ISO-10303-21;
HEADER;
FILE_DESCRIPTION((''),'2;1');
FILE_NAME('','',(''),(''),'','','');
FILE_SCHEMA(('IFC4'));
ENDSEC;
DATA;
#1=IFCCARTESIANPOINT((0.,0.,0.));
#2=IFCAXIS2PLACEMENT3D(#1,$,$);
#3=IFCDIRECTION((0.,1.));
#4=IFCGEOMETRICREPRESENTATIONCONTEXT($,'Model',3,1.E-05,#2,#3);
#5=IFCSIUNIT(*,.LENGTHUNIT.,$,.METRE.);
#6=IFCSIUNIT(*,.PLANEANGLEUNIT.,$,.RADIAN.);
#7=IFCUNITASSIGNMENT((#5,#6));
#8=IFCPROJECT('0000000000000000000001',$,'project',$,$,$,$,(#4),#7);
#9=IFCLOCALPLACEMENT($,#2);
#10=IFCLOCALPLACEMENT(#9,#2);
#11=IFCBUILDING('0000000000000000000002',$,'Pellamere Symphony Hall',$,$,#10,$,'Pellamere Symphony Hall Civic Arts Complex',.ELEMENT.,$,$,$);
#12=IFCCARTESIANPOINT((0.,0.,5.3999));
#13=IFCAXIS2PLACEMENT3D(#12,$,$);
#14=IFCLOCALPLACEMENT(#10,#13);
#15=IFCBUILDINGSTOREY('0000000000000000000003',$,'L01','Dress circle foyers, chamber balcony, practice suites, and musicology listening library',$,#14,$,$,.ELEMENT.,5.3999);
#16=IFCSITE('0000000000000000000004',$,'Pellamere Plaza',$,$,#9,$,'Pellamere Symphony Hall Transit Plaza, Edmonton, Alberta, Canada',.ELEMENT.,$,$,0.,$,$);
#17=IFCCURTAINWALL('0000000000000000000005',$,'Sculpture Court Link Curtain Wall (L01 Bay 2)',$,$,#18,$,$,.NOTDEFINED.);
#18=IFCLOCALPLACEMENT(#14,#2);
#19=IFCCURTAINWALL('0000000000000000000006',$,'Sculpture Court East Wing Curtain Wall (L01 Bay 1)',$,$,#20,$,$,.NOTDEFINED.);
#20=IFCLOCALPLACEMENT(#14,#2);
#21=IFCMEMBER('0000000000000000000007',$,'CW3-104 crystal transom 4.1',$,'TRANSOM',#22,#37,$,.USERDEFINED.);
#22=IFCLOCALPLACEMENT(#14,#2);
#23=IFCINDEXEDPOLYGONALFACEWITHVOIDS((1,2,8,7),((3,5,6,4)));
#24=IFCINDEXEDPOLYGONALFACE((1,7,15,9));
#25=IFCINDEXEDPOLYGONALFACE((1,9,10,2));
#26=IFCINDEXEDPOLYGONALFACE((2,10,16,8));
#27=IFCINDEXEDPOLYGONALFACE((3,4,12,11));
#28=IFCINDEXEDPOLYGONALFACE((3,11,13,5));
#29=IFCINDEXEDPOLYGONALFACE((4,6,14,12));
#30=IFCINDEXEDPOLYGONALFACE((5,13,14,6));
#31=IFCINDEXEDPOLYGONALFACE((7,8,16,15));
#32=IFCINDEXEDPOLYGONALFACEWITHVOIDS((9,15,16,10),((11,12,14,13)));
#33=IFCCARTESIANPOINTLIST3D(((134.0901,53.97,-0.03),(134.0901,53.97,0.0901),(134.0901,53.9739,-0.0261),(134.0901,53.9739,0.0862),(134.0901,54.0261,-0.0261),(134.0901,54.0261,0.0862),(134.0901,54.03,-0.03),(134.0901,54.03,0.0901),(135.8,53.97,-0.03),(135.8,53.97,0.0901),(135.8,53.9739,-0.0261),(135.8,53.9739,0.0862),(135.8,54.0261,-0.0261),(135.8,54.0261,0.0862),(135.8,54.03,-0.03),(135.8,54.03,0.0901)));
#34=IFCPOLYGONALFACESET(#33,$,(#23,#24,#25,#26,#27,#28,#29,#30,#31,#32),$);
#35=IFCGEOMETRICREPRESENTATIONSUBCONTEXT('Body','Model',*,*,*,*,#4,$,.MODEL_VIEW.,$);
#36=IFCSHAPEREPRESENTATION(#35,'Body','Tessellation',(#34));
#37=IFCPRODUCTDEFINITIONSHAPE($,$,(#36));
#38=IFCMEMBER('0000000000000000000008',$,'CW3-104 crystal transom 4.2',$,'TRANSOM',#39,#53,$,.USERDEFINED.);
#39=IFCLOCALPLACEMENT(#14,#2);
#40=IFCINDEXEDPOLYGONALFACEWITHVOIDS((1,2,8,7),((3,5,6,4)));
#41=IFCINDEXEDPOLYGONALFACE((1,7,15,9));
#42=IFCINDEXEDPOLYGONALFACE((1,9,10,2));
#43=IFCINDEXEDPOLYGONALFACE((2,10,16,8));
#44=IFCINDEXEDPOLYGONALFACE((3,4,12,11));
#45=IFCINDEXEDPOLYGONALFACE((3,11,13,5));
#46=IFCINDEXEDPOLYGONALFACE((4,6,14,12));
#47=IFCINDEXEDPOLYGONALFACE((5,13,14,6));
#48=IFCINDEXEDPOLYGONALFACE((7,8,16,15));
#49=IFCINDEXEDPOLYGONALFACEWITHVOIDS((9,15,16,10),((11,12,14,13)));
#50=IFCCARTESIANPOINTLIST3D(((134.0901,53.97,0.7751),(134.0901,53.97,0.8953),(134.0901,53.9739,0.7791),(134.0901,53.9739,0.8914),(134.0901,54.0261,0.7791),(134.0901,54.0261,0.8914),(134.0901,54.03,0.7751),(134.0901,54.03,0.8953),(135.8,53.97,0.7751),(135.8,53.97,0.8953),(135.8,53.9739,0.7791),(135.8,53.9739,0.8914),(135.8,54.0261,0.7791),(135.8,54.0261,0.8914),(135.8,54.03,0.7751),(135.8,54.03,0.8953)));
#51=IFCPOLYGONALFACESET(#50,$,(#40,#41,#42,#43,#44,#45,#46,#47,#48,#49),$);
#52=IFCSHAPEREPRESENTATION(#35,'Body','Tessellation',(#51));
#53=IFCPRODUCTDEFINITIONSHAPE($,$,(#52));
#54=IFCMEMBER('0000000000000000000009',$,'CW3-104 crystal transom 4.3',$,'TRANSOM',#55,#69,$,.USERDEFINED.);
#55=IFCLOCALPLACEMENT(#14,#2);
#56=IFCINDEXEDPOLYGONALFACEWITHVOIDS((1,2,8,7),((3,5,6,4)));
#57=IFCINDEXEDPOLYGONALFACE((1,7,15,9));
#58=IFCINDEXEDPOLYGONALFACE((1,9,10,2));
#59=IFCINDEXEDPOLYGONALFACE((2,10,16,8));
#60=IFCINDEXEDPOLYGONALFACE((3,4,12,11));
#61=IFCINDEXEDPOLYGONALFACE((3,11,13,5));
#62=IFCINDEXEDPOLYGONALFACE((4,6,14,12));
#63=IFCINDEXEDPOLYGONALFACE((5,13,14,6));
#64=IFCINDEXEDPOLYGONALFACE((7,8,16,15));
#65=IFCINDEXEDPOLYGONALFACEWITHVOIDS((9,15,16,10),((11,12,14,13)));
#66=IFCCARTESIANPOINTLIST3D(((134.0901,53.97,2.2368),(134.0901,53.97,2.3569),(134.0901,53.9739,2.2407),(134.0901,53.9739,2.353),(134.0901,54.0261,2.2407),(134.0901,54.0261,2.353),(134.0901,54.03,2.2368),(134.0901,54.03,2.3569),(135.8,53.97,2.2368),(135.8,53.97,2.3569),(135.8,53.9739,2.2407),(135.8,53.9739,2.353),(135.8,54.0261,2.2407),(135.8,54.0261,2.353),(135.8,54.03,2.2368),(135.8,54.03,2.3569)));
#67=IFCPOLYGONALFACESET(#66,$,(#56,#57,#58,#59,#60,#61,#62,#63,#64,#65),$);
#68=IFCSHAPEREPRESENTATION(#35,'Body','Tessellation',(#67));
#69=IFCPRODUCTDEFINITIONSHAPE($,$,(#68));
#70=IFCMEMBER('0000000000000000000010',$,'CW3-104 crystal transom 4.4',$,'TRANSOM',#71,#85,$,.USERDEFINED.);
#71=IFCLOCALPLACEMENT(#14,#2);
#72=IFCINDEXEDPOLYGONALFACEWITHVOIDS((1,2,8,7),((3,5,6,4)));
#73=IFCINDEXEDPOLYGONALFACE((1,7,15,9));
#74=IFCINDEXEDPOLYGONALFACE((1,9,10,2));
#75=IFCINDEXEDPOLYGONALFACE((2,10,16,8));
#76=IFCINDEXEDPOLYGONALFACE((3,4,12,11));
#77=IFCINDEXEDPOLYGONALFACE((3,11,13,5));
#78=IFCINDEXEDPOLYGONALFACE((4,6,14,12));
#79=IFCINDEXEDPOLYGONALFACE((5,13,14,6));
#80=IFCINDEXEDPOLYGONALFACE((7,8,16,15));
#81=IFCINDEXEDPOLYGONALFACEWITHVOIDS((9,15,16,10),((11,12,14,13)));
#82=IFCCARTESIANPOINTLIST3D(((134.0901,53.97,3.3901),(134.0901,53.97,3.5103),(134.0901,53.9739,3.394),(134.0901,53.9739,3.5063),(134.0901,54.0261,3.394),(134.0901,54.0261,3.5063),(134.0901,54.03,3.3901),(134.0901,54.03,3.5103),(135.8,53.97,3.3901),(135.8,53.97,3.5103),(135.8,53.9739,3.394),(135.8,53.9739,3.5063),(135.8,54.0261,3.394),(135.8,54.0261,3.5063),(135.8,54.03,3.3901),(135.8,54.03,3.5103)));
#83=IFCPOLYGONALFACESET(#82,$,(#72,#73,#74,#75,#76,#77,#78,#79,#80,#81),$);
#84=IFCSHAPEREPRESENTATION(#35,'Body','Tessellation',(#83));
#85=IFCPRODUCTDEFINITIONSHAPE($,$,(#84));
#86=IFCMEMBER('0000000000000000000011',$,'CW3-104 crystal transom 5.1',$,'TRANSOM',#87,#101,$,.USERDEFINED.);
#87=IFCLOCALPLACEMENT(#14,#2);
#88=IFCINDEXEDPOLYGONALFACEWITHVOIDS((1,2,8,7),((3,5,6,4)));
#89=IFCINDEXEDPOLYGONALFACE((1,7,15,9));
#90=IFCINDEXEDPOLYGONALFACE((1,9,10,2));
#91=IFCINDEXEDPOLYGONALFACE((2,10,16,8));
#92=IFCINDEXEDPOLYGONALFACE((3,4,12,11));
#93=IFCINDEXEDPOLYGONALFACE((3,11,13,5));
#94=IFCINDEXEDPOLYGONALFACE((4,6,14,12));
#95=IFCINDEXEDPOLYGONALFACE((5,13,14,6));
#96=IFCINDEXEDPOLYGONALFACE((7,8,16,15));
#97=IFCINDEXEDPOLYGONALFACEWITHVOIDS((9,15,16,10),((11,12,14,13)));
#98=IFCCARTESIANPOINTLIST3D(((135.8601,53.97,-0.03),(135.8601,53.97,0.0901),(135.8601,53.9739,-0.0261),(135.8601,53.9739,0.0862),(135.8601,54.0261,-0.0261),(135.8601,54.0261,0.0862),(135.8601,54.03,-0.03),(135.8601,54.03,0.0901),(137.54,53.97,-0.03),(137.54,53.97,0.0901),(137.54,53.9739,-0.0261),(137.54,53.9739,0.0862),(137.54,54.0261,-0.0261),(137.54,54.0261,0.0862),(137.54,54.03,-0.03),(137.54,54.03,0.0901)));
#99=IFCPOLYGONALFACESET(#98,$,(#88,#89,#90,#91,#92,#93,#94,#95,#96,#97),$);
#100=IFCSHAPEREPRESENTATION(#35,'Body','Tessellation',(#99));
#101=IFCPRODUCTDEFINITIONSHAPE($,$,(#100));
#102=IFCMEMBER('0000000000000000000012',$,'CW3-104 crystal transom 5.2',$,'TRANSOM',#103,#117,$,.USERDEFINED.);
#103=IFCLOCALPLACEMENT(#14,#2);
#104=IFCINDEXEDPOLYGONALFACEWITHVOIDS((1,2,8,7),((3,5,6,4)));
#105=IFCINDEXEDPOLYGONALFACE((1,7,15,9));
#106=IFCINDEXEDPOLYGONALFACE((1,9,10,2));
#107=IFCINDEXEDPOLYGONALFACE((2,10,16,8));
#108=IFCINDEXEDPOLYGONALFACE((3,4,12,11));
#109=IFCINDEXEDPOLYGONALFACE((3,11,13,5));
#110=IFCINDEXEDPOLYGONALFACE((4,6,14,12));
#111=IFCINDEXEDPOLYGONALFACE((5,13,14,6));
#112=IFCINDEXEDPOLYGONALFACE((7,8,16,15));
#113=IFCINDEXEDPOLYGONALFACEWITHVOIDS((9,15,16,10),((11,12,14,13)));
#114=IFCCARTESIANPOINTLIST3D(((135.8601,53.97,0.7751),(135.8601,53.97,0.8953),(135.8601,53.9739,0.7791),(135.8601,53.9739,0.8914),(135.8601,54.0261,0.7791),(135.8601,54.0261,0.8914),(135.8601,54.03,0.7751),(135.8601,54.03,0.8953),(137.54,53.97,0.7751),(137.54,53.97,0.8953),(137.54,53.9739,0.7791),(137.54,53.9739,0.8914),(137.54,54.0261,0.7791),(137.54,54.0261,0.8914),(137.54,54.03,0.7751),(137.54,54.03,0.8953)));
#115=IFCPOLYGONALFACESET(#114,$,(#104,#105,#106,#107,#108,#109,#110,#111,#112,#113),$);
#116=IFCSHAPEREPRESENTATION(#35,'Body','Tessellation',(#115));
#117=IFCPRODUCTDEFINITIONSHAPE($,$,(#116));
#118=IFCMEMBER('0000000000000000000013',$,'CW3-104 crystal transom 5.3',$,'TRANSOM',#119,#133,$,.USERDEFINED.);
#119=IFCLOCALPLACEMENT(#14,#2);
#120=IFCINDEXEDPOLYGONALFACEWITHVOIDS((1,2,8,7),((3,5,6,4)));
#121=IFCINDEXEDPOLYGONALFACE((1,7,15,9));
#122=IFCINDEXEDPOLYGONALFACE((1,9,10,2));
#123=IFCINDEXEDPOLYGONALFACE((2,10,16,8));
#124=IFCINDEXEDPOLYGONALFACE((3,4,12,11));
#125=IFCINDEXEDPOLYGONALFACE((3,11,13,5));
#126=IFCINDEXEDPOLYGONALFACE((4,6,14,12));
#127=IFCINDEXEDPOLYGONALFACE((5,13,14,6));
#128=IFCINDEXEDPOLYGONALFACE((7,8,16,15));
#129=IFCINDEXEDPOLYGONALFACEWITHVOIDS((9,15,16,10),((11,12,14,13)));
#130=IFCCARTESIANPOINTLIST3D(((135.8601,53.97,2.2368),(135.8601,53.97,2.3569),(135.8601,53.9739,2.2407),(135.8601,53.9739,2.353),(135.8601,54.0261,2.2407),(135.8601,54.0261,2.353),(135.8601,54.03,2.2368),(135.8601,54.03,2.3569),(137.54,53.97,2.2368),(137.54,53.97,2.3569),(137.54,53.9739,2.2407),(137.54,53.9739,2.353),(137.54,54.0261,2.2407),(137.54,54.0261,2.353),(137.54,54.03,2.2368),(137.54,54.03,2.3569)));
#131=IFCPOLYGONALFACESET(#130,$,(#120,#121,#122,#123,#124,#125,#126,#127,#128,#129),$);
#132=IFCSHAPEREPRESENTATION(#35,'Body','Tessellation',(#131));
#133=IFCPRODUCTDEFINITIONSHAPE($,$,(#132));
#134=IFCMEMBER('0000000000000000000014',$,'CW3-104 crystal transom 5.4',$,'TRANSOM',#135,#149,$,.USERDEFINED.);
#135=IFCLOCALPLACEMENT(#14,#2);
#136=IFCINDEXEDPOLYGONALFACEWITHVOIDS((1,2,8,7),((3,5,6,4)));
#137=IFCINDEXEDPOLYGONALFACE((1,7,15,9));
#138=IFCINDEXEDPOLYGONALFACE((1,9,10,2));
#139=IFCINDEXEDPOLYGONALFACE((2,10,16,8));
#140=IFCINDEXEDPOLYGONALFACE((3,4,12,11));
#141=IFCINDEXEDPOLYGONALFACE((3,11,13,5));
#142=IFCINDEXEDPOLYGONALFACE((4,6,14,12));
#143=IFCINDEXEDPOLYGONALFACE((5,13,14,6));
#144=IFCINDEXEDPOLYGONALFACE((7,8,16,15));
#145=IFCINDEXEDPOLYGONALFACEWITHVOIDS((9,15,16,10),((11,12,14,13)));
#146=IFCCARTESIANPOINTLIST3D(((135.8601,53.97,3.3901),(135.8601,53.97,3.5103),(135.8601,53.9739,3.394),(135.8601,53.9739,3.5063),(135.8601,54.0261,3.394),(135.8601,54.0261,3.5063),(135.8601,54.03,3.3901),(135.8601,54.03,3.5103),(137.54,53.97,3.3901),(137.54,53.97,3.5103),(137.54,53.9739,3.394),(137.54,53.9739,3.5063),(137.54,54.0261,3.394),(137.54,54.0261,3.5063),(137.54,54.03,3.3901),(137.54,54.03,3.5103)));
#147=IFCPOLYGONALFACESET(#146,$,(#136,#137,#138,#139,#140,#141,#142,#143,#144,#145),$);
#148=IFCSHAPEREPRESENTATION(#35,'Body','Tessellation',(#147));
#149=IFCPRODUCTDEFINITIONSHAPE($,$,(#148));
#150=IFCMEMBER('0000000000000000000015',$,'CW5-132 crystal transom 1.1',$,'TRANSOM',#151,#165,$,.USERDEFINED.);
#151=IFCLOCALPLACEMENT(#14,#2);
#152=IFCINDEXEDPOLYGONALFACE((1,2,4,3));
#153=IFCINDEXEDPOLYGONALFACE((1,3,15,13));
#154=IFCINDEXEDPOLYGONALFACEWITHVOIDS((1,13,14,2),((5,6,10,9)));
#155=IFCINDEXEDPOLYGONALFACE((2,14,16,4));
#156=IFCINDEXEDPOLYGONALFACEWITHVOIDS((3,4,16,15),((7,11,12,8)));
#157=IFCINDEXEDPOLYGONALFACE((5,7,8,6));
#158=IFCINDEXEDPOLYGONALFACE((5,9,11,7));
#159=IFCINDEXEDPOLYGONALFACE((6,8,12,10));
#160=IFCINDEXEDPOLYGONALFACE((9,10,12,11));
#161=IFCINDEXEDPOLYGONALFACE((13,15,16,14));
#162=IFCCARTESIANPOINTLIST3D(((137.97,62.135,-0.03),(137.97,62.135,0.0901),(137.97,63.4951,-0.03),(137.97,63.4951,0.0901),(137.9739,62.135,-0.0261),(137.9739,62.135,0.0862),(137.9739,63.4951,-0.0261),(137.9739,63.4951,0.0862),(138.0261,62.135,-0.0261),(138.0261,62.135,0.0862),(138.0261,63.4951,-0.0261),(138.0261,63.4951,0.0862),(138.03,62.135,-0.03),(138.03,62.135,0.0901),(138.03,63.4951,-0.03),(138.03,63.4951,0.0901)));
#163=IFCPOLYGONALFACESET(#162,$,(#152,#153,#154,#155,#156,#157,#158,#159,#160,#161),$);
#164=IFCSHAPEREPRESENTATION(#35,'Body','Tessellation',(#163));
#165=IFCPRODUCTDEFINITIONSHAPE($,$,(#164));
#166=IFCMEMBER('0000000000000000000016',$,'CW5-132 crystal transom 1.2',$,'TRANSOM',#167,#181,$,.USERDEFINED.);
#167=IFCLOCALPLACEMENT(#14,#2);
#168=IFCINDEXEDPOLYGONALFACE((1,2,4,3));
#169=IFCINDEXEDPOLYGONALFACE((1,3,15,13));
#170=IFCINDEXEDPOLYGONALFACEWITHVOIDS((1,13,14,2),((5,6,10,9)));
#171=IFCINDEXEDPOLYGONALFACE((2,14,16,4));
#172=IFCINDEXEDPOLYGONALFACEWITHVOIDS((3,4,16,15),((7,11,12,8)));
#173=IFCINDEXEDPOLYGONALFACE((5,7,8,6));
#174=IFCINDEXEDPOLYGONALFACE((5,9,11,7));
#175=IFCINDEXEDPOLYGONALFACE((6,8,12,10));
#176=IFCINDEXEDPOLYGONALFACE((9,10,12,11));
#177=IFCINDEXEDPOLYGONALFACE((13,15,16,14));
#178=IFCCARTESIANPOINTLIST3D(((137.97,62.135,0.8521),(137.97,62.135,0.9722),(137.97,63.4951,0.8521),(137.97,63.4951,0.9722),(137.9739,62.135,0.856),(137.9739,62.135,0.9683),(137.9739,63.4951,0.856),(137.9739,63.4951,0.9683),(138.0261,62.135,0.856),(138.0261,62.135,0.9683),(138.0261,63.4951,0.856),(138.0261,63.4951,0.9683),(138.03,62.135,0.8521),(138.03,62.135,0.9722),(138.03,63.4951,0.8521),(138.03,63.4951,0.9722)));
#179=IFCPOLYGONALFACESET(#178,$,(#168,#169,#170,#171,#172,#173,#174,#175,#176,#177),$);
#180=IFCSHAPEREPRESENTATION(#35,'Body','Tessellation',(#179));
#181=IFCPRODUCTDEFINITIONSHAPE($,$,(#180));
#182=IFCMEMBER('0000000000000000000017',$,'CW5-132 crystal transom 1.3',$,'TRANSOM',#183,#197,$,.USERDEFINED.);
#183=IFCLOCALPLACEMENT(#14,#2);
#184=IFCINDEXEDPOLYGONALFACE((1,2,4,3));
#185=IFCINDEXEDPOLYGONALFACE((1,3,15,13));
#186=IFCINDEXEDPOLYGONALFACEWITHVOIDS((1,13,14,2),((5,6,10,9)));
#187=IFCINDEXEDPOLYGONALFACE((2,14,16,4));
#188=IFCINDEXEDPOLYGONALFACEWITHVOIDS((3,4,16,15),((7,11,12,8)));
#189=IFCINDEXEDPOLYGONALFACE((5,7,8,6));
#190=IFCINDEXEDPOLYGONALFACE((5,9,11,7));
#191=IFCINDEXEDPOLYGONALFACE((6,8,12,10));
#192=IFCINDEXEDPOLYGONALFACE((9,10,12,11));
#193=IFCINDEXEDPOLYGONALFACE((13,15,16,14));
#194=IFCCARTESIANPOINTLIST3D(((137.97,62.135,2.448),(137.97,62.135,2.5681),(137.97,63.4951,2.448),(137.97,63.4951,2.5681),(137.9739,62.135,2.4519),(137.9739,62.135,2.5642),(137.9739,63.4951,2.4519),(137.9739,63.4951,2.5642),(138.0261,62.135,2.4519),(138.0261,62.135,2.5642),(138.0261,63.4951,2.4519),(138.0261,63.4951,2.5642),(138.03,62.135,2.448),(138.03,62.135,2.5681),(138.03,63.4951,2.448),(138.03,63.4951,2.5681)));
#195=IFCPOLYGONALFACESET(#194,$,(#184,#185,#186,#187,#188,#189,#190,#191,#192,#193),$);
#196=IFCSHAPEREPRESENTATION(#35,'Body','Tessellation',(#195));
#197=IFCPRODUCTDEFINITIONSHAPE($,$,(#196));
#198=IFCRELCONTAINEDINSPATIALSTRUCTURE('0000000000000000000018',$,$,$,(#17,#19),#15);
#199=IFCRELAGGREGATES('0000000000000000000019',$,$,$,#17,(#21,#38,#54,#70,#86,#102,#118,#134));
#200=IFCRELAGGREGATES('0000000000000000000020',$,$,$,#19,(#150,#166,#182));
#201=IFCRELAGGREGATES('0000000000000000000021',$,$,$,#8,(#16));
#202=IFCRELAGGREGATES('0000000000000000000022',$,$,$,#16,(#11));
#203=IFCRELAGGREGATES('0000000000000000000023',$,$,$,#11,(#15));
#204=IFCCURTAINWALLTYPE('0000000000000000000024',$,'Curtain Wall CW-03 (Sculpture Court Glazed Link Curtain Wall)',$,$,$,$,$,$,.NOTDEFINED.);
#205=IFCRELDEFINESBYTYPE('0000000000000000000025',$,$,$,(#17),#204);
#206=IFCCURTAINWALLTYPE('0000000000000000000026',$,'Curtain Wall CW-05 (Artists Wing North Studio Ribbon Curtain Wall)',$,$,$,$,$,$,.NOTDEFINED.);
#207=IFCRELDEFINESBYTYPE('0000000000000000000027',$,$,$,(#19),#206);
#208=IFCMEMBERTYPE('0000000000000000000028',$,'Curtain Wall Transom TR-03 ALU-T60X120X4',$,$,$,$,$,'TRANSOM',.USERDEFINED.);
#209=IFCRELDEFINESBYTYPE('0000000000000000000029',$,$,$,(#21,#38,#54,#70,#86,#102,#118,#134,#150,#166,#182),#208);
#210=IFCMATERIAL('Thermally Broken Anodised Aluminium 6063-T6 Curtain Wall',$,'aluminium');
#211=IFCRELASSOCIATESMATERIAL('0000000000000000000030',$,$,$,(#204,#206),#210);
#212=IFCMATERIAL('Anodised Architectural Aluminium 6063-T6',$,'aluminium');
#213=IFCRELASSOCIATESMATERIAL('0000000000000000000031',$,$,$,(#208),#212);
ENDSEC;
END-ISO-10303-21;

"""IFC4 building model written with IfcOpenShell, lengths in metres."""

from ifc_helpers import new_model, si_unit, direction, frame, origin, origin_2d, place, context, subcontext, project, spatial, hollow_rectangle, extrude, material, material_profile, profile_set, type_object, element, aggregate, save


model = new_model("IFC4")

# Units and contexts
model_context = context("Model", 3, precision=1e-05, world=origin(), true_north=direction((0.0, 1.0)))
body_context = subcontext(model_context, "Body", "Model", "MODEL_VIEW")
ifc_project = project(units=[si_unit("LENGTHUNIT", "METRE"), si_unit("PLANEANGLEUNIT", "RADIAN")], contexts=[model_context])

# Site, building, storey
site_placement = place(None, origin())
site = spatial("IfcSite", under=ifc_project, at=site_placement, Name="Pellamere Plaza", LongName="Pellamere Symphony Hall Transit Plaza, Edmonton, Alberta, Canada", CompositionType="ELEMENT", RefElevation=0.0)
building_placement = place(site_placement, origin())
building = spatial("IfcBuilding", under=site, at=building_placement, Name="Pellamere Symphony Hall", LongName="Pellamere Symphony Hall Civic Arts Complex", CompositionType="ELEMENT")
storey_placement = place(building_placement, frame((0.0, 0.0, 5.3999)))
storey = spatial("IfcBuildingStorey", under=building, at=storey_placement, Name="L01", Description="Dress circle foyers, chamber balcony, practice suites, and musicology listening library", CompositionType="ELEMENT", Elevation=5.3999)

# Curtain wall
ifc_material_1 = material(Name="Thermally Broken Anodised Aluminium 6063-T6 Curtain Wall", Category="aluminium")
curtain_wall_type_1 = type_object("IfcCurtainWallType", Name="Curtain Wall CW-03 (Sculpture Court Glazed Link Curtain Wall)", PredefinedType="NOTDEFINED", material=ifc_material_1)
curtain_wall_1_placement = place(storey_placement, origin())
curtain_wall_1 = element("IfcCurtainWall", 1, at=curtain_wall_1_placement, inside=storey, type_object=curtain_wall_type_1, Name="Sculpture Court Link Curtain Wall (L01 Bay 2)", PredefinedType="NOTDEFINED")
ifc_material_2 = material(Name="Anodised Architectural Aluminium 6063-T6", Category="aluminium")

# Curtain wall
curtain_wall_type_2 = type_object("IfcCurtainWallType", Name="Curtain Wall CW-05 (Artists Wing North Studio Ribbon Curtain Wall)", PredefinedType="NOTDEFINED", material=ifc_material_1)
curtain_wall_2_placement = place(storey_placement, origin())
curtain_wall_2 = element("IfcCurtainWall", 2, at=curtain_wall_2_placement, inside=storey, type_object=curtain_wall_type_2, Name="Sculpture Court East Wing Curtain Wall (L01 Bay 1)", PredefinedType="NOTDEFINED")

# Members
ifc_material_profile_1 = material_profile(ifc_material_2, hollow_rectangle(XDim=0.0601, YDim=0.1201, WallThickness=0.0039, at=origin_2d()), Name="ALU-T60X120X4")
ifc_profile_set_1 = profile_set([ifc_material_profile_1], Name="Anodised Architectural Aluminium 6063-T6")
member_type_1 = type_object("IfcMemberType", Name="Curtain Wall Transom TR-03 ALU-T60X120X4", ElementType="TRANSOM", PredefinedType="USERDEFINED", material=ifc_profile_set_1)
member_1_placement = place(storey_placement, frame((134.0901, 54.0, 0.03), z_axis=(1.0, 0.0, 0.0), x_axis=(0.0, 1.0, 0.0)))
member_1 = element("IfcMember", 3, at=member_1_placement, type_object=member_type_1, Name="CW3-104 crystal transom 4.1", ObjectType="TRANSOM", PredefinedType="USERDEFINED", context=body_context, shape_type="SweptSolid", body=[
    extrude(hollow_rectangle(XDim=0.0601, YDim=0.1201, WallThickness=0.0039, at=origin_2d()), origin(), (0.0, 0.0, 1.0), 1.71),
])
member_2_placement = place(storey_placement, frame((134.0901, 54.0, 0.8352), z_axis=(1.0, 0.0, 0.0), x_axis=(0.0, 1.0, 0.0)))
member_2 = element("IfcMember", 4, at=member_2_placement, type_object=member_type_1, Name="CW3-104 crystal transom 4.2", ObjectType="TRANSOM", PredefinedType="USERDEFINED", context=body_context, shape_type="SweptSolid", body=[
    extrude(hollow_rectangle(XDim=0.0601, YDim=0.1201, WallThickness=0.0039, at=origin_2d()), origin(), (0.0, 0.0, 1.0), 1.71),
])
member_3_placement = place(storey_placement, frame((134.0901, 54.0, 2.2969), z_axis=(1.0, 0.0, 0.0), x_axis=(0.0, 1.0, 0.0)))
member_3 = element("IfcMember", 5, at=member_3_placement, type_object=member_type_1, Name="CW3-104 crystal transom 4.3", ObjectType="TRANSOM", PredefinedType="USERDEFINED", context=body_context, shape_type="SweptSolid", body=[
    extrude(hollow_rectangle(XDim=0.0601, YDim=0.1201, WallThickness=0.0039, at=origin_2d()), origin(), (0.0, 0.0, 1.0), 1.71),
])
member_4_placement = place(storey_placement, frame((134.0901, 54.0, 3.4502), z_axis=(1.0, 0.0, 0.0), x_axis=(0.0, 1.0, 0.0)))
member_4 = element("IfcMember", 6, at=member_4_placement, type_object=member_type_1, Name="CW3-104 crystal transom 4.4", ObjectType="TRANSOM", PredefinedType="USERDEFINED", context=body_context, shape_type="SweptSolid", body=[
    extrude(hollow_rectangle(XDim=0.0601, YDim=0.1201, WallThickness=0.0039, at=origin_2d()), origin(), (0.0, 0.0, 1.0), 1.71),
])
member_5_placement = place(storey_placement, frame((135.8601, 54.0, 0.03), z_axis=(1.0, 0.0, 0.0), x_axis=(0.0, 1.0, 0.0)))
member_5 = element("IfcMember", 7, at=member_5_placement, type_object=member_type_1, Name="CW3-104 crystal transom 5.1", ObjectType="TRANSOM", PredefinedType="USERDEFINED", context=body_context, shape_type="SweptSolid", body=[
    extrude(hollow_rectangle(XDim=0.0601, YDim=0.1201, WallThickness=0.0039, at=origin_2d()), origin(), (0.0, 0.0, 1.0), 1.6799),
])
member_6_placement = place(storey_placement, frame((135.8601, 54.0, 0.8352), z_axis=(1.0, 0.0, 0.0), x_axis=(0.0, 1.0, 0.0)))
member_6 = element("IfcMember", 8, at=member_6_placement, type_object=member_type_1, Name="CW3-104 crystal transom 5.2", ObjectType="TRANSOM", PredefinedType="USERDEFINED", context=body_context, shape_type="SweptSolid", body=[
    extrude(hollow_rectangle(XDim=0.0601, YDim=0.1201, WallThickness=0.0039, at=origin_2d()), origin(), (0.0, 0.0, 1.0), 1.6799),
])
member_7_placement = place(storey_placement, frame((135.8601, 54.0, 2.2969), z_axis=(1.0, 0.0, 0.0), x_axis=(0.0, 1.0, 0.0)))
member_7 = element("IfcMember", 9, at=member_7_placement, type_object=member_type_1, Name="CW3-104 crystal transom 5.3", ObjectType="TRANSOM", PredefinedType="USERDEFINED", context=body_context, shape_type="SweptSolid", body=[
    extrude(hollow_rectangle(XDim=0.0601, YDim=0.1201, WallThickness=0.0039, at=origin_2d()), origin(), (0.0, 0.0, 1.0), 1.6799),
])
member_8_placement = place(storey_placement, frame((135.8601, 54.0, 3.4502), z_axis=(1.0, 0.0, 0.0), x_axis=(0.0, 1.0, 0.0)))
member_8 = element("IfcMember", 10, at=member_8_placement, type_object=member_type_1, Name="CW3-104 crystal transom 5.4", ObjectType="TRANSOM", PredefinedType="USERDEFINED", context=body_context, shape_type="SweptSolid", body=[
    extrude(hollow_rectangle(XDim=0.0601, YDim=0.1201, WallThickness=0.0039, at=origin_2d()), origin(), (0.0, 0.0, 1.0), 1.6799),
])
member_9_placement = place(storey_placement, frame((138.0, 62.135, 0.03), z_axis=(0.0, 1.0, 0.0), x_axis=(-1.0, 0.0, 0.0)))
member_9 = element("IfcMember", 11, at=member_9_placement, type_object=member_type_1, Name="CW5-132 crystal transom 1.1", ObjectType="TRANSOM", PredefinedType="USERDEFINED", context=body_context, shape_type="SweptSolid", body=[
    extrude(hollow_rectangle(XDim=0.0601, YDim=0.1201, WallThickness=0.0039, at=origin_2d()), origin(), (0.0, 0.0, 1.0), 1.3601),
])
member_10_placement = place(storey_placement, frame((138.0, 62.135, 0.9121), z_axis=(0.0, 1.0, 0.0), x_axis=(-1.0, 0.0, 0.0)))
member_10 = element("IfcMember", 12, at=member_10_placement, type_object=member_type_1, Name="CW5-132 crystal transom 1.2", ObjectType="TRANSOM", PredefinedType="USERDEFINED", context=body_context, shape_type="SweptSolid", body=[
    extrude(hollow_rectangle(XDim=0.0601, YDim=0.1201, WallThickness=0.0039, at=origin_2d()), origin(), (0.0, 0.0, 1.0), 1.3601),
])
member_11_placement = place(storey_placement, frame((138.0, 62.135, 2.5081), z_axis=(0.0, 1.0, 0.0), x_axis=(-1.0, 0.0, 0.0)))
member_11 = element("IfcMember", 13, at=member_11_placement, type_object=member_type_1, Name="CW5-132 crystal transom 1.3", ObjectType="TRANSOM", PredefinedType="USERDEFINED", context=body_context, shape_type="SweptSolid", body=[
    extrude(hollow_rectangle(XDim=0.0601, YDim=0.1201, WallThickness=0.0039, at=origin_2d()), origin(), (0.0, 0.0, 1.0), 1.3601),
])

aggregate(curtain_wall_1, [member_1, member_2, member_3, member_4, member_5, member_6, member_7, member_8])
aggregate(curtain_wall_2, [member_9, member_10, member_11])

save(model, "model.ifc")
